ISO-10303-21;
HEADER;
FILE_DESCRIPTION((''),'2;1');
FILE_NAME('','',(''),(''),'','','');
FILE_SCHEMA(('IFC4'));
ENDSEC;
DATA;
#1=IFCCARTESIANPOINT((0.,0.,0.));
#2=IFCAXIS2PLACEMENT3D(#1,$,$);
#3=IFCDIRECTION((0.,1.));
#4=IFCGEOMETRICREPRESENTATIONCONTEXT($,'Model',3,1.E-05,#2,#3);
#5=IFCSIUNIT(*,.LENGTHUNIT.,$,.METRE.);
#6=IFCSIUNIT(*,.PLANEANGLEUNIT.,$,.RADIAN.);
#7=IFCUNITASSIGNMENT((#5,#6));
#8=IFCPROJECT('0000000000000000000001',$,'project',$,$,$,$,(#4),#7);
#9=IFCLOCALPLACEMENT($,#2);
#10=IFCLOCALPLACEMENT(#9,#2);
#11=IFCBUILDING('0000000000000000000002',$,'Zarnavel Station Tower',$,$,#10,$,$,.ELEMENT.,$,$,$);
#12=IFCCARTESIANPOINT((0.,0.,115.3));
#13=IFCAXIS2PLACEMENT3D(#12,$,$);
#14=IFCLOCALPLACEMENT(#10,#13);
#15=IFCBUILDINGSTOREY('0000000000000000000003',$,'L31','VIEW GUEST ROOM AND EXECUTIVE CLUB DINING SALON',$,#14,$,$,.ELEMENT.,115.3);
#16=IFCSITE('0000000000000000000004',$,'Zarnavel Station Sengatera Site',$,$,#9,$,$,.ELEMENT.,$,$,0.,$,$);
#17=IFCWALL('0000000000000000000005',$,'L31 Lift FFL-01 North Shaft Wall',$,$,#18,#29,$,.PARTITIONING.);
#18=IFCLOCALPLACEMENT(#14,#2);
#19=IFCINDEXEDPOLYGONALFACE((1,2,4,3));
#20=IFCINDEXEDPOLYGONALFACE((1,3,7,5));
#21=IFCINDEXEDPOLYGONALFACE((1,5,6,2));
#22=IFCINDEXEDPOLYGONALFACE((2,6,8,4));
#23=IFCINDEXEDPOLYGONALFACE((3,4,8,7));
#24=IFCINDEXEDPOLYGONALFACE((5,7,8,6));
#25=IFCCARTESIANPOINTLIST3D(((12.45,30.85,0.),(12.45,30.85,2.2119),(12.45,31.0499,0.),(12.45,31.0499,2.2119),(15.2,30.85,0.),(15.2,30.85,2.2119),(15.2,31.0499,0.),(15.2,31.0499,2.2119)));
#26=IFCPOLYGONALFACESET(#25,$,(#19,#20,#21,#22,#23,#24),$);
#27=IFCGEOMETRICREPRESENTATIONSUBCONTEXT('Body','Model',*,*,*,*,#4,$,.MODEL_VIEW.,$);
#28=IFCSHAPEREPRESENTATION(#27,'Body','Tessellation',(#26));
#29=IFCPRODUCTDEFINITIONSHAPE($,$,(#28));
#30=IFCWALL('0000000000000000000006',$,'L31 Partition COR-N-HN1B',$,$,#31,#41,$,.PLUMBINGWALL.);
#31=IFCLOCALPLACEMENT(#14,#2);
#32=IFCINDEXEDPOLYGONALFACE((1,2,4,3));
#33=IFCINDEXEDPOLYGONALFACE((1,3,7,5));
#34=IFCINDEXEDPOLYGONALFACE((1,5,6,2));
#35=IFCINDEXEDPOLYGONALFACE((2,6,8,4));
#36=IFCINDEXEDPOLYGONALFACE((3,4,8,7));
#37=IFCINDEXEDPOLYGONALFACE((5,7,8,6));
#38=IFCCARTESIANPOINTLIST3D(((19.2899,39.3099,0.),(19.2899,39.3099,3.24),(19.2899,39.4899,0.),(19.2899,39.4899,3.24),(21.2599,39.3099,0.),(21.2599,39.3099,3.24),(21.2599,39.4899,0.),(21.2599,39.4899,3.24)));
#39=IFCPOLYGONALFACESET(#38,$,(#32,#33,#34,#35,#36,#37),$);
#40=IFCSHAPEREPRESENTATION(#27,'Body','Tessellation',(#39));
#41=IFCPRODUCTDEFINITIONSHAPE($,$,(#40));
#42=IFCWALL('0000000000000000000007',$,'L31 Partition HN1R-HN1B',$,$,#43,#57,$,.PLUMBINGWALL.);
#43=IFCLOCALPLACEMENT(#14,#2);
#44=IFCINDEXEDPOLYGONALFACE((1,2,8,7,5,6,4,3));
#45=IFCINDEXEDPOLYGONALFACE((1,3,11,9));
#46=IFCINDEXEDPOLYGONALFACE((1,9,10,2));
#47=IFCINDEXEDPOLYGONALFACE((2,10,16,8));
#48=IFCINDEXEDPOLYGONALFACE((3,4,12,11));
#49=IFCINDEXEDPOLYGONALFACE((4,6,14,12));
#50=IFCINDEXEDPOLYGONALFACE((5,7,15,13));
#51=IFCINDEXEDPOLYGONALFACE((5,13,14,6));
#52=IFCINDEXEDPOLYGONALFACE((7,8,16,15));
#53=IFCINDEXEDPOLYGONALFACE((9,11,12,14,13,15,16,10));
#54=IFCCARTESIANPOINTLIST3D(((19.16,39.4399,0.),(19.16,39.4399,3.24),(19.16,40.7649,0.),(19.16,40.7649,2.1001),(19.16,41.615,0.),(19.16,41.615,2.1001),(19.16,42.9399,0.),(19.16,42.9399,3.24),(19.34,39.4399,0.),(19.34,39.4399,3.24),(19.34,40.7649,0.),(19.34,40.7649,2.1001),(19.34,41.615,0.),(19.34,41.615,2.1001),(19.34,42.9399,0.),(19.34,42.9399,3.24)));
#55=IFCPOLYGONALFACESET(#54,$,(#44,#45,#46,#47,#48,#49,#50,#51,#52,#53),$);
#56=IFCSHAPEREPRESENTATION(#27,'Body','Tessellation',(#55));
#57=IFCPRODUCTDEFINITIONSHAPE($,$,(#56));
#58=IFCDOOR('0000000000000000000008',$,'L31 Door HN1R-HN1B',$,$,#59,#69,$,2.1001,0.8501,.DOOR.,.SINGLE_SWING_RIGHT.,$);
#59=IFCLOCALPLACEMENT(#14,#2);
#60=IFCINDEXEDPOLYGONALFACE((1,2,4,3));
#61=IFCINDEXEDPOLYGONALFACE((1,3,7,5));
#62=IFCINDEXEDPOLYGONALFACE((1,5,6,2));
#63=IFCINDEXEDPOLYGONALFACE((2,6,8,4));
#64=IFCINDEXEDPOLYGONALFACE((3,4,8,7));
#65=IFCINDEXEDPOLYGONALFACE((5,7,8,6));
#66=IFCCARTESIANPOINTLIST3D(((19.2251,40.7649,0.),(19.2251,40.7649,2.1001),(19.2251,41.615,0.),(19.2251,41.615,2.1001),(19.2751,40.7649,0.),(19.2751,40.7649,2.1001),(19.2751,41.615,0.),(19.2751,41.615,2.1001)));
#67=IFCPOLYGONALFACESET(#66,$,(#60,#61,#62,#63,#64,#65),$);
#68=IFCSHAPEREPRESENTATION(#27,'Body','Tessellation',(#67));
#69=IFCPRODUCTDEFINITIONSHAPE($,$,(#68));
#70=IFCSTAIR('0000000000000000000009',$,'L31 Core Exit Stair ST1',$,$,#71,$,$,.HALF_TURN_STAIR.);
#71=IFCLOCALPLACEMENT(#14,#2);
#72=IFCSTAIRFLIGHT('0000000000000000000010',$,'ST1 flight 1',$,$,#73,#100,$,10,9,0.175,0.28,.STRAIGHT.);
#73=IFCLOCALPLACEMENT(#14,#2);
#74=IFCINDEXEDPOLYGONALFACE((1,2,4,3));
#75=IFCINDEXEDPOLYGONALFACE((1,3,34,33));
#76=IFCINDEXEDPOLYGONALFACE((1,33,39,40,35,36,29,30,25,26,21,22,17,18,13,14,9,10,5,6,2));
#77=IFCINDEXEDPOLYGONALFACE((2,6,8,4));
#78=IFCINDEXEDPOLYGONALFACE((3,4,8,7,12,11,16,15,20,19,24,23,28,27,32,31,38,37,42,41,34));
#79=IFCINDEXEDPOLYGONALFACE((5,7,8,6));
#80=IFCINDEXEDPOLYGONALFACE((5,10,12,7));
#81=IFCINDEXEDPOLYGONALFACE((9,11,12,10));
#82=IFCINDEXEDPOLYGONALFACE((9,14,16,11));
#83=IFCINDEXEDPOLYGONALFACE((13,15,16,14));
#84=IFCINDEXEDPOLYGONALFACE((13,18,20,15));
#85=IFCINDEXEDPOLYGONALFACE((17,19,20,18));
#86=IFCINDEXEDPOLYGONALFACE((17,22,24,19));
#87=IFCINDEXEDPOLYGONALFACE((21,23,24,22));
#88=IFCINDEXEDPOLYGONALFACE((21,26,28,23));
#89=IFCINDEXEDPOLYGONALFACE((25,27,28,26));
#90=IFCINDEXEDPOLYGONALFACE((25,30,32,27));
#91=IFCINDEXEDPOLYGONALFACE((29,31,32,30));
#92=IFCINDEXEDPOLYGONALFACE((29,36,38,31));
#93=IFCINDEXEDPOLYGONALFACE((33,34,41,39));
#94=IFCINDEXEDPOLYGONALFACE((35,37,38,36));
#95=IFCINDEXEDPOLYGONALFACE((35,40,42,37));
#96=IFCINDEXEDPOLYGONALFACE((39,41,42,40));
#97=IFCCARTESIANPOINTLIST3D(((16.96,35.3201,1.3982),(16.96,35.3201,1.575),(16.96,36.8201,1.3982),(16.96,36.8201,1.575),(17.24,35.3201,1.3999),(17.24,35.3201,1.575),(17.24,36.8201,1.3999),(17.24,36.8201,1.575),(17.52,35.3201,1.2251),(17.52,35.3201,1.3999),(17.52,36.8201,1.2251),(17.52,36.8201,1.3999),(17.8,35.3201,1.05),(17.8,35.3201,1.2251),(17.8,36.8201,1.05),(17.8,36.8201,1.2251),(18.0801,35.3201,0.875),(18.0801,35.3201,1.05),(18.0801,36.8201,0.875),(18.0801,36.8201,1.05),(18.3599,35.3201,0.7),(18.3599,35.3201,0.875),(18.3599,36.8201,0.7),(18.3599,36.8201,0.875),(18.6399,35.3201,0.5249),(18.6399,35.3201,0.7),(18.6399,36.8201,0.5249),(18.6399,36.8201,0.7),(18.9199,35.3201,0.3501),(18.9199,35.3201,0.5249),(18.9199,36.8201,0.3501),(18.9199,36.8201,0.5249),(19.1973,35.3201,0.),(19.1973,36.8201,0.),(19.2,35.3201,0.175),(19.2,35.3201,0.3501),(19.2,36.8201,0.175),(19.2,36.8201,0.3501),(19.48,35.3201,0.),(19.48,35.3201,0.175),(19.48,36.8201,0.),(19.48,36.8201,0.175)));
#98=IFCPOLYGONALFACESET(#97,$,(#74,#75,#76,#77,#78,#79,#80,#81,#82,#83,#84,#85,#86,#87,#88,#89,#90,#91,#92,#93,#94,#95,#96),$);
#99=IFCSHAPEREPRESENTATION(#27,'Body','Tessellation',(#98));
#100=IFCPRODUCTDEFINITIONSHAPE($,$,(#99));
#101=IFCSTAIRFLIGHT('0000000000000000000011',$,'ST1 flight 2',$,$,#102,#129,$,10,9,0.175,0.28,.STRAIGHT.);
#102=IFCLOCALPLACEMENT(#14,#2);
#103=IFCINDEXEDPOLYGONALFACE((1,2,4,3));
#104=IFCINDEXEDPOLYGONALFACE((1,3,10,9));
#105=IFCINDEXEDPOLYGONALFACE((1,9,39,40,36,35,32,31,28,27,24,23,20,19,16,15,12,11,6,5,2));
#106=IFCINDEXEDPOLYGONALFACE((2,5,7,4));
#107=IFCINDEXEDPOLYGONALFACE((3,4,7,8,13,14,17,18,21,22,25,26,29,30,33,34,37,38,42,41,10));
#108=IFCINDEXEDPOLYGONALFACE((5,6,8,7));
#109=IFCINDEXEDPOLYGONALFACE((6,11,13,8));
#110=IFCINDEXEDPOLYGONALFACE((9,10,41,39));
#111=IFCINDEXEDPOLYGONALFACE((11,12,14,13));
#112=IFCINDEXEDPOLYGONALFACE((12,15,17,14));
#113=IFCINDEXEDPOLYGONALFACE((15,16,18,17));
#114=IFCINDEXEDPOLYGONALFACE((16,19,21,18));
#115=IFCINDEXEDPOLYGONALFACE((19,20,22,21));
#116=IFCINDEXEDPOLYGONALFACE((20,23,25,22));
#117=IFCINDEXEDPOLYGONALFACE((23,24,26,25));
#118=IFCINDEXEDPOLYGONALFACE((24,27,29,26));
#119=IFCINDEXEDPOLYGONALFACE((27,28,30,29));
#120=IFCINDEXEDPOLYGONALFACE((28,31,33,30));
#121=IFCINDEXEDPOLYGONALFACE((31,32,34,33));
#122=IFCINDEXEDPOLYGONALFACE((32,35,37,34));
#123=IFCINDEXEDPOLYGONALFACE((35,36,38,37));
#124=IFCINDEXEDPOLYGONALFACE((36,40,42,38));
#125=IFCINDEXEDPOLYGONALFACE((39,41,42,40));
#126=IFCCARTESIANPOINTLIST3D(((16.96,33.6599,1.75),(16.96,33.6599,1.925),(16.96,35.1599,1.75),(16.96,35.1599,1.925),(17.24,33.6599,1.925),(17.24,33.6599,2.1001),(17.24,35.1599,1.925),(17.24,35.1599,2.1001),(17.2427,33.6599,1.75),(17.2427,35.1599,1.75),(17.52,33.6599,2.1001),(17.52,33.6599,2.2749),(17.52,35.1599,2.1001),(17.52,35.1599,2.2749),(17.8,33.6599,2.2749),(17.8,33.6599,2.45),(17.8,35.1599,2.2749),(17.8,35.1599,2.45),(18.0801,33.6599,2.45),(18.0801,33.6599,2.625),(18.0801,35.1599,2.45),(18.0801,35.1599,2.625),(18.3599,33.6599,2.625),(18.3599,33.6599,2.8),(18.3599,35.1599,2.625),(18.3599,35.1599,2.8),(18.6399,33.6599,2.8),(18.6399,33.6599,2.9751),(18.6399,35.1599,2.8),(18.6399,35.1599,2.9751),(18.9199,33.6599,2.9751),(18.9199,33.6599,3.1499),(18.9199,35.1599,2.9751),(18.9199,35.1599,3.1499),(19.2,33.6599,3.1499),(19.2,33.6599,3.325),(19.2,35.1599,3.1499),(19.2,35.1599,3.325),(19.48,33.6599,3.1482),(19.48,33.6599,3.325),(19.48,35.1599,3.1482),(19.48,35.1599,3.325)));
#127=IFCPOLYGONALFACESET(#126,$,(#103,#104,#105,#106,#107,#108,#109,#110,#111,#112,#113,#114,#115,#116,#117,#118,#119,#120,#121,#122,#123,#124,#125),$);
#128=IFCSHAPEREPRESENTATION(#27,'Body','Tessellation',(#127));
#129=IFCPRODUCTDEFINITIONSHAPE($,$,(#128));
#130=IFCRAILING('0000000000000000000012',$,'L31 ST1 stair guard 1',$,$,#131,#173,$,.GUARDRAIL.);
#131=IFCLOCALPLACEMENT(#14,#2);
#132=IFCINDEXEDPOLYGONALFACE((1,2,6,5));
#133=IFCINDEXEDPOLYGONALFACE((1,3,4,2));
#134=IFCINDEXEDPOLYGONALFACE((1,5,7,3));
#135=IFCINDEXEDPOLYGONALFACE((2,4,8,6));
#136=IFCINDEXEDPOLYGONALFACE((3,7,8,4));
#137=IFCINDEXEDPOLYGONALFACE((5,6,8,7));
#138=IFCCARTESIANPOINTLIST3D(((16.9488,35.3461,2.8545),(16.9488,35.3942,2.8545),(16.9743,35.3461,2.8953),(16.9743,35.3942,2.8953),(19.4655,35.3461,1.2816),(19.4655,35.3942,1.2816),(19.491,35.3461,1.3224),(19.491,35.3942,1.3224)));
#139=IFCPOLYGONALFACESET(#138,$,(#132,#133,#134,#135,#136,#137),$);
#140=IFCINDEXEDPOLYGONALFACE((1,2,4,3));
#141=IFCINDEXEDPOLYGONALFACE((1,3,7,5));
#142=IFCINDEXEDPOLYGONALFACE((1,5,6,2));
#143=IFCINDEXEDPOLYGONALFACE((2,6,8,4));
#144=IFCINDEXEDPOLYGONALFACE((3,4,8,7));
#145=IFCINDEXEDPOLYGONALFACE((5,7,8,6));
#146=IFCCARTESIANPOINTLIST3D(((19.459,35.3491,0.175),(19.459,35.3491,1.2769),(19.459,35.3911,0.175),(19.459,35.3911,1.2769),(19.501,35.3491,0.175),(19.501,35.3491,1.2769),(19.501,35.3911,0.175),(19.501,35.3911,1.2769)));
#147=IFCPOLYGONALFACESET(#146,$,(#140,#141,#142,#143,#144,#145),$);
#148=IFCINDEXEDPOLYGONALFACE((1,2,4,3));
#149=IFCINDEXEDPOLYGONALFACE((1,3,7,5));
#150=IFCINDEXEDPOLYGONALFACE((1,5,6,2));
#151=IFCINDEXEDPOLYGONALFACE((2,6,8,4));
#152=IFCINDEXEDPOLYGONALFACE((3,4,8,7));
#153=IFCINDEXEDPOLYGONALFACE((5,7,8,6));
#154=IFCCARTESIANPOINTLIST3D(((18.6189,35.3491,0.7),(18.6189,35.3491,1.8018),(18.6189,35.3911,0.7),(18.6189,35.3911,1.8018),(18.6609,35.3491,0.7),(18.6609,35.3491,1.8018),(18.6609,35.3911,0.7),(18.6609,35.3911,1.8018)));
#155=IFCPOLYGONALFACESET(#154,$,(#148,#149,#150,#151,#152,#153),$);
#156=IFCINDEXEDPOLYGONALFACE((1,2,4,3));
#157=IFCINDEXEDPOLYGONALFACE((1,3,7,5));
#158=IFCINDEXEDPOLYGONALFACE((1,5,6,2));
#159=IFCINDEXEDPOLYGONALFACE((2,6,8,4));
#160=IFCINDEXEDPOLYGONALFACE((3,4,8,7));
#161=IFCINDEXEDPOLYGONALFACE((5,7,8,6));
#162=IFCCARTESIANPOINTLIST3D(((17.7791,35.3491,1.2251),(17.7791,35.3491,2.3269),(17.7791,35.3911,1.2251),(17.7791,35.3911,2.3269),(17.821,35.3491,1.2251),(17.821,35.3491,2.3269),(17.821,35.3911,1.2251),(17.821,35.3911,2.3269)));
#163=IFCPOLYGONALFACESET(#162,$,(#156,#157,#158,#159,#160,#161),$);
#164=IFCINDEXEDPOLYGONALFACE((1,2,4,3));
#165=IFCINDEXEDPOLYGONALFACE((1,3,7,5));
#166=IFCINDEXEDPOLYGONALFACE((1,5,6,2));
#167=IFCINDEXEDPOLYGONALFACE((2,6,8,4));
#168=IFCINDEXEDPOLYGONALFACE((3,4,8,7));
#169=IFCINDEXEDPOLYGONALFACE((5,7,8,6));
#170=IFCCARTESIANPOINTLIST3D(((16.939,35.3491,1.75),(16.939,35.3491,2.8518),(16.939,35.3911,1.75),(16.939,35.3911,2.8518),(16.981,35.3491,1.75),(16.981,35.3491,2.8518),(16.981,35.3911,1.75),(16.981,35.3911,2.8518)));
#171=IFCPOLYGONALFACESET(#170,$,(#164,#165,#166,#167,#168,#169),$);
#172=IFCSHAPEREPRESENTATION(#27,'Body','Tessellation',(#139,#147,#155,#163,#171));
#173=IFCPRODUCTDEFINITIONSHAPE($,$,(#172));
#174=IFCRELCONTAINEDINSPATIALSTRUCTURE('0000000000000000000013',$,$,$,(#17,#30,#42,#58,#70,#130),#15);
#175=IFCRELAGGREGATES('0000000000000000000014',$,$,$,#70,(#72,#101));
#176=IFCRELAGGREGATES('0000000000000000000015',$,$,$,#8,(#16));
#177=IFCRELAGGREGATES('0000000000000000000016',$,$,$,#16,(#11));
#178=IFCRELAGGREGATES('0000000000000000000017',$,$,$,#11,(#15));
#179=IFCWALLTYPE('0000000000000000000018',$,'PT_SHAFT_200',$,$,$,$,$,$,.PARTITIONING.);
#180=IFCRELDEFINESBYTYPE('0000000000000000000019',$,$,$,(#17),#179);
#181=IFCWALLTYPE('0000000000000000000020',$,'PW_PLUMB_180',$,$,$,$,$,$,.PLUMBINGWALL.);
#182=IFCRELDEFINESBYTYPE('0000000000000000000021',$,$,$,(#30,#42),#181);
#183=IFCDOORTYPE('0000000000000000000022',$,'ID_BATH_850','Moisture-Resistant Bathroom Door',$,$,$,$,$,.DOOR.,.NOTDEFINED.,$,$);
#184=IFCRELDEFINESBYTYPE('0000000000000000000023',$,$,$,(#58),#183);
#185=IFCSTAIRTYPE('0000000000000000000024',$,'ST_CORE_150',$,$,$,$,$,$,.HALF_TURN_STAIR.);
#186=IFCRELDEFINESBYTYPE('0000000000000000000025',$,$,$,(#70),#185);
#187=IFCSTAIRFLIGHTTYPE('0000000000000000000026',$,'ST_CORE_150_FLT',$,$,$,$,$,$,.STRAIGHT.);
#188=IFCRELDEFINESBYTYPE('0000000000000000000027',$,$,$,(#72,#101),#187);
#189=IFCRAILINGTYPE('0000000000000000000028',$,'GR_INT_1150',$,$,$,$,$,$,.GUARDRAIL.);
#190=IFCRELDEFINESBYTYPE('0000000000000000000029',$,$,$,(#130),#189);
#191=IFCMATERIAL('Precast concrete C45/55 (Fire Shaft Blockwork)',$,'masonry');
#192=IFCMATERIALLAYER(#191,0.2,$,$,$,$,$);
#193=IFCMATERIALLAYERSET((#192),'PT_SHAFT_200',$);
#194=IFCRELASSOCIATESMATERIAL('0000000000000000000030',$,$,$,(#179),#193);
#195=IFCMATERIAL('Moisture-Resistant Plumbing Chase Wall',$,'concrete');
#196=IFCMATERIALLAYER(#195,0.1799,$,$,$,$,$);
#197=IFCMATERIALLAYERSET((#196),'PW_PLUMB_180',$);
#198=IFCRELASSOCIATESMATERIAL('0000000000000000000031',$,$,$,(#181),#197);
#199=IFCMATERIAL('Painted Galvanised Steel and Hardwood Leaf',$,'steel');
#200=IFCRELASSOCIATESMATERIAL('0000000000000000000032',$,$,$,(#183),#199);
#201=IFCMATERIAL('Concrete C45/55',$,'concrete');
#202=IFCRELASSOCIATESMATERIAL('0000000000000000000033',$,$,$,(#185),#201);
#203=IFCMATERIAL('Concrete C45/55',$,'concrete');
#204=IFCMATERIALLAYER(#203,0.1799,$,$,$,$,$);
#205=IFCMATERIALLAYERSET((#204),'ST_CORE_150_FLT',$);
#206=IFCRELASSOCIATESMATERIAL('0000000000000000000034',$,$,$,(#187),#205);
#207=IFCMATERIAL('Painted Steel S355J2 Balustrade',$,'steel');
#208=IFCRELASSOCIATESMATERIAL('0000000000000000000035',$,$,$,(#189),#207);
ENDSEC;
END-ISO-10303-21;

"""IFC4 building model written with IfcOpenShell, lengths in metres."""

from ifc_helpers import new_model, si_unit, direction, frame, frame_2d, origin, origin_2d, place, context, subcontext, project, spatial, polyline, rectangle, outline, extrude, material, layer, layer_set, type_object, element, fill, aggregate, save


model = new_model("IFC4")

# Units and contexts
model_context = context("Model", 3, precision=1e-05, world=origin(), true_north=direction((0.0, 1.0)))
body_context = subcontext(model_context, "Body", "Model", "MODEL_VIEW")
ifc_project = project(units=[si_unit("LENGTHUNIT", "METRE"), si_unit("PLANEANGLEUNIT", "RADIAN")], contexts=[model_context])

# Site, building, storey
site_placement = place(None, origin())
site = spatial("IfcSite", under=ifc_project, at=site_placement, Name="Zarnavel Station Sengatera Site", CompositionType="ELEMENT", RefElevation=0.0)
building_placement = place(site_placement, origin())
building = spatial("IfcBuilding", under=site, at=building_placement, Name="Zarnavel Station Tower", CompositionType="ELEMENT")
storey_placement = place(building_placement, frame((0.0, 0.0, 115.3)))
storey = spatial("IfcBuildingStorey", under=building, at=storey_placement, Name="L31", Description="VIEW GUEST ROOM AND EXECUTIVE CLUB DINING SALON", CompositionType="ELEMENT", Elevation=115.3)

# Shared definitions
ifc_material_1 = material(Name="Precast concrete C45/55 (Fire Shaft Blockwork)", Category="masonry")
ifc_layer_1 = layer(ifc_material_1, 0.2)
ifc_layer_set_1 = layer_set([ifc_layer_1], Name="PT_SHAFT_200")
wall_type_1 = type_object("IfcWallType", Name="PT_SHAFT_200", PredefinedType="PARTITIONING", material=ifc_layer_set_1)

# Walls
wall_1_placement = place(storey_placement, frame((12.45, 30.95, 0.0), z_axis=(0.0, 0.0, 1.0), x_axis=(1.0, 0.0, 0.0)))
element("IfcWall", 1, at=wall_1_placement, inside=storey, type_object=wall_type_1, Name="L31 Lift FFL-01 North Shaft Wall", PredefinedType="PARTITIONING", context=body_context, shape_type="SweptSolid", body=[
    extrude(rectangle(XDim=2.75, YDim=0.2, at=frame_2d((1.375, 0.0))), origin(), (0.0, 0.0, 1.0), 2.2119),
])
ifc_material_2 = material(Name="Moisture-Resistant Plumbing Chase Wall", Category="concrete")
ifc_layer_2 = layer(ifc_material_2, 0.1799)
ifc_layer_set_2 = layer_set([ifc_layer_2], Name="PW_PLUMB_180")
wall_type_2 = type_object("IfcWallType", Name="PW_PLUMB_180", PredefinedType="PLUMBINGWALL", material=ifc_layer_set_2)
wall_2_placement = place(storey_placement, frame((19.29, 39.3999, 0.0), z_axis=(0.0, 0.0, 1.0), x_axis=(1.0, 0.0, 0.0)))
element("IfcWall", 2, at=wall_2_placement, inside=storey, type_object=wall_type_2, Name="L31 Partition COR-N-HN1B", PredefinedType="PLUMBINGWALL", context=body_context, shape_type="SweptSolid", body=[
    extrude(rectangle(XDim=1.97, YDim=0.1799, at=frame_2d((0.9849, 0.0))), origin(), (0.0, 0.0, 1.0), 3.24),
])

# Wall, opening, door
wall_3_placement = place(storey_placement, frame((19.25, 39.4399, 0.0), z_axis=(0.0, 0.0, 1.0), x_axis=(0.0, 1.0, 0.0)))
wall_3 = element("IfcWall", 3, at=wall_3_placement, inside=storey, type_object=wall_type_2, Name="L31 Partition HN1R-HN1B", PredefinedType="PLUMBINGWALL", context=body_context, shape_type="SweptSolid", body=[
    extrude(rectangle(XDim=3.5, YDim=0.1799, at=frame_2d((1.75, 0.0))), origin(), (0.0, 0.0, 1.0), 3.24),
])
opening_1_placement = place(wall_3_placement, frame((1.325, 0.0, 0.0)))
opening_1 = element("IfcOpeningElement", 4, at=opening_1_placement, cuts=wall_3, PredefinedType="OPENING", context=body_context, shape_type="SweptSolid", body=[
    extrude(rectangle(XDim=0.8501, YDim=2.1001, at=frame_2d((0.425, 1.05))), frame((0.0, 0.0999, 0.0), z_axis=(0.0, -1.0, 0.0), x_axis=(1.0, 0.0, 0.0)), (0.0, 0.0, 1.0), 0.2),
])
ifc_material_3 = material(Name="Painted Galvanised Steel and Hardwood Leaf", Category="steel")
door_type_1 = type_object("IfcDoorType", Name="ID_BATH_850", Description="Moisture-Resistant Bathroom Door", OperationType="NOTDEFINED", PredefinedType="DOOR", material=ifc_material_3)
door_1_placement = place(opening_1_placement, origin())
door_1 = element("IfcDoor", 5, at=door_1_placement, inside=storey, type_object=door_type_1, Name="L31 Door HN1R-HN1B", OperationType="SINGLE_SWING_RIGHT", OverallHeight=2.1001, OverallWidth=0.8501, PredefinedType="DOOR", context=body_context, shape_type="SweptSolid", body=[
    extrude(rectangle(XDim=0.8501, YDim=2.1001, at=frame_2d((0.425, 1.05))), frame((0.0, 0.0249, 0.0), z_axis=(0.0, -1.0, 0.0), x_axis=(1.0, 0.0, 0.0)), (0.0, 0.0, 1.0), 0.05),
])
fill(opening_1, door_1)

# Stair, stair flights
ifc_material_4 = material(Name="Concrete C45/55", Category="concrete")
stair_type = type_object("IfcStairType", Name="ST_CORE_150", PredefinedType="HALF_TURN_STAIR", material=ifc_material_4)
stair_placement = place(storey_placement, origin())
stair = element("IfcStair", 6, at=stair_placement, inside=storey, type_object=stair_type, Name="L31 Core Exit Stair ST1", PredefinedType="HALF_TURN_STAIR")
ifc_material_5 = material(Name="Concrete C45/55", Category="concrete")
ifc_layer_3 = layer(ifc_material_5, 0.1799)
ifc_layer_set_3 = layer_set([ifc_layer_3], Name="ST_CORE_150_FLT")
stair_flight_type = type_object("IfcStairFlightType", Name="ST_CORE_150_FLT", PredefinedType="STRAIGHT", material=ifc_layer_set_3)
stair_flight_1_placement = place(storey_placement, frame((19.48, 36.0701, 0.0), z_axis=(0.0, 0.0, 1.0), x_axis=(-1.0, 0.0, 0.0)))
stair_flight_1 = element("IfcStairFlight", 7, at=stair_flight_1_placement, type_object=stair_flight_type, Name="ST1 flight 1", NumberOfRisers=10, NumberOfTreads=9, PredefinedType="STRAIGHT", RiserHeight=0.175, TreadLength=0.28, context=body_context, shape_type="SweptSolid", body=[
    extrude(outline(polyline([(0.0, 0.0), (0.0, 0.175), (0.28, 0.175), (0.28, 0.3501), (0.5601, 0.3501), (0.5601, 0.5249), (0.8401, 0.5249), (0.8401, 0.7), (1.1201, 0.7), (1.1201, 0.875), (1.3999, 0.875), (1.3999, 1.05), (1.6799, 1.05), (1.6799, 1.2251), (1.96, 1.2251), (1.96, 1.3999), (2.24, 1.3999), (2.24, 1.575), (2.52, 1.575), (2.52, 1.75), (2.52, 1.3982), (0.2827, 0.0), (0.0, 0.0)])), frame((0.0, 0.75, 0.0), z_axis=(0.0, -1.0, 0.0), x_axis=(1.0, 0.0, 0.0)), (0.0, 0.0, 1.0), 1.5),
])
stair_flight_2_placement = place(storey_placement, frame((16.96, 34.4099, 1.75), z_axis=(0.0, 0.0, 1.0), x_axis=(1.0, 0.0, 0.0)))
stair_flight_2 = element("IfcStairFlight", 8, at=stair_flight_2_placement, type_object=stair_flight_type, Name="ST1 flight 2", NumberOfRisers=10, NumberOfTreads=9, PredefinedType="STRAIGHT", RiserHeight=0.175, TreadLength=0.28, context=body_context, shape_type="SweptSolid", body=[
    extrude(outline(polyline([(0.0, 0.0), (0.0, 0.175), (0.28, 0.175), (0.28, 0.3501), (0.5601, 0.3501), (0.5601, 0.5249), (0.8401, 0.5249), (0.8401, 0.7), (1.1201, 0.7), (1.1201, 0.875), (1.3999, 0.875), (1.3999, 1.05), (1.6799, 1.05), (1.6799, 1.2251), (1.96, 1.2251), (1.96, 1.3999), (2.24, 1.3999), (2.24, 1.575), (2.52, 1.575), (2.52, 1.75), (2.52, 1.3982), (0.2827, 0.0), (0.0, 0.0)])), frame((0.0, 0.75, 0.0), z_axis=(0.0, -1.0, 0.0), x_axis=(1.0, 0.0, 0.0)), (0.0, 0.0, 1.0), 1.5),
])
aggregate(stair, [stair_flight_1, stair_flight_2])

# Railing
ifc_material_6 = material(Name="Painted Steel S355J2 Balustrade", Category="steel")
railing_type_1 = type_object("IfcRailingType", Name="GR_INT_1150", PredefinedType="GUARDRAIL", material=ifc_material_6)
railing_1_placement = place(storey_placement, frame((19.48, 35.3701, 0.175)))
element("IfcRailing", 9, at=railing_1_placement, inside=storey, type_object=railing_type_1, Name="L31 ST1 stair guard 1", PredefinedType="GUARDRAIL", context=body_context, shape_type="SweptSolid", body=[
    extrude(rectangle(XDim=0.0481, YDim=0.0481, at=origin_2d()), frame((-0.0017, 0.0, 1.127), z_axis=(-0.848008, 0.0, 0.529984), x_axis=(0.0, -1.0, 0.0)), (0.0, 0.0, 1.0), 2.9678),
    extrude(rectangle(XDim=0.042, YDim=0.042, at=origin_2d()), origin(), (0.0, 0.0, 1.0), 1.1018),
    extrude(rectangle(XDim=0.042, YDim=0.042, at=origin_2d()), frame((-0.8401, 0.0, 0.5249)), (0.0, 0.0, 1.0), 1.1018),
    extrude(rectangle(XDim=0.042, YDim=0.042, at=origin_2d()), frame((-1.6799, 0.0, 1.05)), (0.0, 0.0, 1.0), 1.1018),
    extrude(rectangle(XDim=0.042, YDim=0.042, at=origin_2d()), frame((-2.52, 0.0, 1.575)), (0.0, 0.0, 1.0), 1.1018),
])

save(model, "model.ifc")
